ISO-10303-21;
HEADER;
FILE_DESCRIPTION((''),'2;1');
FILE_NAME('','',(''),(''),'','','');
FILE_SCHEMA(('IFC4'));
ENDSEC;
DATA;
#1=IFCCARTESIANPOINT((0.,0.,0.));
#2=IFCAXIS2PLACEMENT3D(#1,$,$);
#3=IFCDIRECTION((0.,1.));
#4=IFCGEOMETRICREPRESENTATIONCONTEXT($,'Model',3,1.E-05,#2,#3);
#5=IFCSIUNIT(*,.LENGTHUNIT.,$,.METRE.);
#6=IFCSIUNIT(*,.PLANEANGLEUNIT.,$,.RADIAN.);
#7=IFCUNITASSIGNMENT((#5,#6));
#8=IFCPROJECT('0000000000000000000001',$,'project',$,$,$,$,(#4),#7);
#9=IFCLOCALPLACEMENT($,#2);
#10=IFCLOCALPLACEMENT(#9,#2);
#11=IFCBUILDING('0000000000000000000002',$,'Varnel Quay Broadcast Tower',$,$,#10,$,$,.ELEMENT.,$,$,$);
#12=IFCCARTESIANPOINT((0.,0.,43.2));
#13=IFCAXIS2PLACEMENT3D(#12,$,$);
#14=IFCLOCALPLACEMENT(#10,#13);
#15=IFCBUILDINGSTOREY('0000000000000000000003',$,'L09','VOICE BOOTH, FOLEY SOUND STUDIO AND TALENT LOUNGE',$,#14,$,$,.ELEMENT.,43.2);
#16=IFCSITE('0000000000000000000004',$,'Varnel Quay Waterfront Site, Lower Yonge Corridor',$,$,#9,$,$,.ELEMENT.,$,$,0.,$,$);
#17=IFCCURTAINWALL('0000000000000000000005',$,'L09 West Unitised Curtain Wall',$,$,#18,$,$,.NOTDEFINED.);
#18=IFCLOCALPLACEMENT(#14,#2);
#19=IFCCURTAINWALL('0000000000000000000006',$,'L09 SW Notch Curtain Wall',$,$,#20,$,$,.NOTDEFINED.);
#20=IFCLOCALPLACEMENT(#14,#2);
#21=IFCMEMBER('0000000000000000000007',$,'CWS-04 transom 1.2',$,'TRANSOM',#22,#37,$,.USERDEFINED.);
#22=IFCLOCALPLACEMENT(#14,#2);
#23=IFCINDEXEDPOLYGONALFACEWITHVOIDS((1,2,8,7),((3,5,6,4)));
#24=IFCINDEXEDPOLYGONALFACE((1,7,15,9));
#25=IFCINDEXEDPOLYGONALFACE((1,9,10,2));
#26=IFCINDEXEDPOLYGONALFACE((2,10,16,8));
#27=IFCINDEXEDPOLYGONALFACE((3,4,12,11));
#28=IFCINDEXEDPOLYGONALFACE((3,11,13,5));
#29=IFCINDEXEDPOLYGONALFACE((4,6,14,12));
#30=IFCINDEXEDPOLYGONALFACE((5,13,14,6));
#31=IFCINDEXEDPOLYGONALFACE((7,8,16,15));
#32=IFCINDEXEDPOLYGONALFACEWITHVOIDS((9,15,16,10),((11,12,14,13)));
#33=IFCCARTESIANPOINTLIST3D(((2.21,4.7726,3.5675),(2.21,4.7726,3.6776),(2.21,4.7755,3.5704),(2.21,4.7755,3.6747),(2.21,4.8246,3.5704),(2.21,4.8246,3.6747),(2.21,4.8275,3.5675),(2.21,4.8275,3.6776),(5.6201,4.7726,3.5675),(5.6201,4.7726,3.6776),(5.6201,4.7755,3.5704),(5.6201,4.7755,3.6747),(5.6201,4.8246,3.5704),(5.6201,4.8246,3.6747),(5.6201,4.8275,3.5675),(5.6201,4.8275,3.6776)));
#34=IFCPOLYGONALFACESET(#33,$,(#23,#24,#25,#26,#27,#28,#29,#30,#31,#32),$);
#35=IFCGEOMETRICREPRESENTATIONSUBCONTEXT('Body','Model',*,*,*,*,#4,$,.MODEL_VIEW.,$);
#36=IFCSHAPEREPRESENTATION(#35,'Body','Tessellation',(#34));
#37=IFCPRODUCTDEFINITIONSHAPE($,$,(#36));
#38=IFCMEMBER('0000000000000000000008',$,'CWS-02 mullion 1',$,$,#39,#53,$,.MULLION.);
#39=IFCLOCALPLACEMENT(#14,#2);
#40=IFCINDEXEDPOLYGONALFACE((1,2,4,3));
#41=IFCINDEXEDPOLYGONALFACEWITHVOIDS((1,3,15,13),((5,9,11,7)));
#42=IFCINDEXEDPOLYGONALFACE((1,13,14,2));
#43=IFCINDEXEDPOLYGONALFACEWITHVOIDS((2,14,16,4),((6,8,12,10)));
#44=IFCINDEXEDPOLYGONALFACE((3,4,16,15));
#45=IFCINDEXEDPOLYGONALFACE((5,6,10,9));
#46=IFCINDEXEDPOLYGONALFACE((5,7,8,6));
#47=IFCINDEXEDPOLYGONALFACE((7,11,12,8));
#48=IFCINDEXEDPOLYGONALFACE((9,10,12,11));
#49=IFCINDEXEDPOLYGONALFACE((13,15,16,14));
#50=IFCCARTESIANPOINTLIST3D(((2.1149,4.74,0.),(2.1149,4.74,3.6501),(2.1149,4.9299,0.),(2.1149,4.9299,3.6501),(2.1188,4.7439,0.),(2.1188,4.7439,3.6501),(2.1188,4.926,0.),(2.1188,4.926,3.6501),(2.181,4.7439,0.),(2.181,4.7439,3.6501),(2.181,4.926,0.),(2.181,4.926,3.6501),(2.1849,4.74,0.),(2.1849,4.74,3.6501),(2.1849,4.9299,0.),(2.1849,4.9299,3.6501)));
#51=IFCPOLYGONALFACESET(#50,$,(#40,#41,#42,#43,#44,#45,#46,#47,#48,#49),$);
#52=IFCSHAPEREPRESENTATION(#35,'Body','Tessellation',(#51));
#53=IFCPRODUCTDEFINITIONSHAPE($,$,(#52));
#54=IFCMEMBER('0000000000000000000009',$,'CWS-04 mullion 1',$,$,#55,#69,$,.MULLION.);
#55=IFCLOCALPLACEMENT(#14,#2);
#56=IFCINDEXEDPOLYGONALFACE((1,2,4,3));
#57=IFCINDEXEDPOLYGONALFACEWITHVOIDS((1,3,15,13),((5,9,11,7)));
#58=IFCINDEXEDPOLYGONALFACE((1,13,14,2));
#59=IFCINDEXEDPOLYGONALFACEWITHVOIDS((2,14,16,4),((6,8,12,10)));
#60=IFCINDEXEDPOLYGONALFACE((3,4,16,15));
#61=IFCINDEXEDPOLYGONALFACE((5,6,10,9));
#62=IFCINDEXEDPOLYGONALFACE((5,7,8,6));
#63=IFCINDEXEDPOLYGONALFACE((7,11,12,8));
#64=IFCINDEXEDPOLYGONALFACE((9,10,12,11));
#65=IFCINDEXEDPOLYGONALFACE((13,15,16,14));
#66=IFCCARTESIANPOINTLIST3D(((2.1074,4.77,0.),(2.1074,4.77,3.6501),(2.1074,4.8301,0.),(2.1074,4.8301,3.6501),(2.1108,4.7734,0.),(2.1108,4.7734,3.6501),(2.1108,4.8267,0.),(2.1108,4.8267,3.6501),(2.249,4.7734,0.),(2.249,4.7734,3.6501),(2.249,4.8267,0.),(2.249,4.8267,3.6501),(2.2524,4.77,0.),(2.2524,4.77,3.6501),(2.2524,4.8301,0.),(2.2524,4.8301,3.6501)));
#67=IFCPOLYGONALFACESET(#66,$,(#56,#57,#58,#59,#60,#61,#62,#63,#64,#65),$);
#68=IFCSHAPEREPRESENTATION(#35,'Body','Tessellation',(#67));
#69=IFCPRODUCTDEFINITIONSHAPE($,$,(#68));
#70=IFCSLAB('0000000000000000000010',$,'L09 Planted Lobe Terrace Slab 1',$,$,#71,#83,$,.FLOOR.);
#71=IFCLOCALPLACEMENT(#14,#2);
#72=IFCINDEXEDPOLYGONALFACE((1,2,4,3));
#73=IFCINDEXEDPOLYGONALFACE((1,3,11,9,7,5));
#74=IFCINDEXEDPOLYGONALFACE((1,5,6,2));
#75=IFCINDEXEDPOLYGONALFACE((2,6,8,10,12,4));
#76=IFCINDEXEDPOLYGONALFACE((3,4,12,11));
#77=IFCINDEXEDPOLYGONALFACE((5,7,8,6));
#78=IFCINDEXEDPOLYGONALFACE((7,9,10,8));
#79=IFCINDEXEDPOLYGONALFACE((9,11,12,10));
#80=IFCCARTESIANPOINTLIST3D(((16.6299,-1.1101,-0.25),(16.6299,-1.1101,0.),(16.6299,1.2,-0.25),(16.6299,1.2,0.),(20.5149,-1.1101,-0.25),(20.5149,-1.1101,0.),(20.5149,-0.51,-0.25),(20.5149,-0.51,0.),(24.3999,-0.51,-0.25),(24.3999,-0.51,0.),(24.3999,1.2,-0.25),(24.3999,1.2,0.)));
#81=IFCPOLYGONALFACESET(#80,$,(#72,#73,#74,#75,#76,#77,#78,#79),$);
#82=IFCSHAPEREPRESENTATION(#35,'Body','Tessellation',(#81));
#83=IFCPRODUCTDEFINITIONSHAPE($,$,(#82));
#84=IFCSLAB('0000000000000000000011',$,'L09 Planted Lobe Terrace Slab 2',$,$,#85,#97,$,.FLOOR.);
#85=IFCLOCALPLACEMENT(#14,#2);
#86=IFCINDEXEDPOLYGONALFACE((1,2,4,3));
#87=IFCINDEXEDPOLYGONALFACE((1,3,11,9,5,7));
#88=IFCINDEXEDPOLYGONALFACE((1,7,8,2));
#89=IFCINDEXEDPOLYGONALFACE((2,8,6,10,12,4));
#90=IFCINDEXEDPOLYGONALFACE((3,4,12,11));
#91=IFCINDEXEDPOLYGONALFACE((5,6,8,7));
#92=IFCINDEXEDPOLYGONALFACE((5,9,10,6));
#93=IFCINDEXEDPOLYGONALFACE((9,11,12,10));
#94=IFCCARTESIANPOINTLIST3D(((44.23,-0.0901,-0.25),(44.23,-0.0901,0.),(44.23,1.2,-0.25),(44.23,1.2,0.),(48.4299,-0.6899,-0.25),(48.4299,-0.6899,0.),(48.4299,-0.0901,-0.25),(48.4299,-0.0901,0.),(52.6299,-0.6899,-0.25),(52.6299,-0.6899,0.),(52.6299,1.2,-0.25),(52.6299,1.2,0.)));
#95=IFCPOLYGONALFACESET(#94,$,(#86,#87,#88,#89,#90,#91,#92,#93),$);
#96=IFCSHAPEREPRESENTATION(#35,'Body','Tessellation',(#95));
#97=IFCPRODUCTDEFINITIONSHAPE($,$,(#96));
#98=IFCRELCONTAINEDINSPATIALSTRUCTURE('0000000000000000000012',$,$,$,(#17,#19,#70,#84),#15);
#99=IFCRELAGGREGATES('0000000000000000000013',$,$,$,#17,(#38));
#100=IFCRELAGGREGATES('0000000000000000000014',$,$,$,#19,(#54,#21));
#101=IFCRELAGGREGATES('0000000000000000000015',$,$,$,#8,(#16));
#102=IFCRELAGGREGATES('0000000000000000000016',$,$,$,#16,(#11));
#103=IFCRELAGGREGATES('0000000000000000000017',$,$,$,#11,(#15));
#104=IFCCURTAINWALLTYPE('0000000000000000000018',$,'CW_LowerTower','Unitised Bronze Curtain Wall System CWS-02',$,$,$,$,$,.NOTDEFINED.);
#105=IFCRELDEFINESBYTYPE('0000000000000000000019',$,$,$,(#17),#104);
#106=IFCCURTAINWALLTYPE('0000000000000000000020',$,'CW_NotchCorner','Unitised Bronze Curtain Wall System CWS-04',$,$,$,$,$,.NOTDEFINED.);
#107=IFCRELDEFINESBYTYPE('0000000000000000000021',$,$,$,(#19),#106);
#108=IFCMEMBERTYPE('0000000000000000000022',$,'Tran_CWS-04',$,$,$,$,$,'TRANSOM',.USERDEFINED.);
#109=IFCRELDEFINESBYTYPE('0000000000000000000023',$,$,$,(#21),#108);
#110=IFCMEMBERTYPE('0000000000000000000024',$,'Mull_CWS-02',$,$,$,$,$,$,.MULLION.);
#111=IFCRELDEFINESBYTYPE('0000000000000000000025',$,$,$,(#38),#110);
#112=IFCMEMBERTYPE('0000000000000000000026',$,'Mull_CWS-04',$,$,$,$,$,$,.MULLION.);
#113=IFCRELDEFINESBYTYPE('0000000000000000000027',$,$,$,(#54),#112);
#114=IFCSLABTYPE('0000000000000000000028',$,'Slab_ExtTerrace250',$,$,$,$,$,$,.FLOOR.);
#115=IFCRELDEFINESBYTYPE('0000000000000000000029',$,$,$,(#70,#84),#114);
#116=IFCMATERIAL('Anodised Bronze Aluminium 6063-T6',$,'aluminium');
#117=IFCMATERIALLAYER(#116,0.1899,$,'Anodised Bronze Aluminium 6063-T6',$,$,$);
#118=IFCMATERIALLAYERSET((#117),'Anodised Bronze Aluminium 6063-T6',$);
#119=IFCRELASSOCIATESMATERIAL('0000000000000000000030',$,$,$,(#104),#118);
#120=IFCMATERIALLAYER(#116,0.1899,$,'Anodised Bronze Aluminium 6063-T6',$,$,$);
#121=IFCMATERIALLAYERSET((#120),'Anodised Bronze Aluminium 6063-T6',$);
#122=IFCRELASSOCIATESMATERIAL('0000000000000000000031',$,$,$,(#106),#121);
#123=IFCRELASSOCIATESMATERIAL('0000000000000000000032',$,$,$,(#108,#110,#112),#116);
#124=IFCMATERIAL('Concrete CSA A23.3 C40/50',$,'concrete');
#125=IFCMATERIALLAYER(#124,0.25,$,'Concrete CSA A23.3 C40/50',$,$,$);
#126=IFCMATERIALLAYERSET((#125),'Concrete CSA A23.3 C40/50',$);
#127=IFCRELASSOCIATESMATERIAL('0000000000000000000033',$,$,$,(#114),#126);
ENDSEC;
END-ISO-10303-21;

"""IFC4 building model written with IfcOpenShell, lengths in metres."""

from ifc_helpers import new_model, si_unit, direction, frame, origin, origin_2d, place, context, subcontext, project, spatial, polyline, hollow_rectangle, outline, extrude, source, transform, mapped, material, layer, layer_set, material_profile, profile_set, type_object, type_shapes, element, aggregate, save


model = new_model("IFC4")

# Units and contexts
model_context = context("Model", 3, precision=1e-05, world=origin(), true_north=direction((0.0, 1.0)))
body_context = subcontext(model_context, "Body", "Model", "MODEL_VIEW")
ifc_project = project(units=[si_unit("LENGTHUNIT", "METRE"), si_unit("PLANEANGLEUNIT", "RADIAN")], contexts=[model_context])

# Site, building, storey
site_placement = place(None, origin())
site = spatial("IfcSite", under=ifc_project, at=site_placement, Name="Varnel Quay Waterfront Site, Lower Yonge Corridor", CompositionType="ELEMENT", RefElevation=0.0)
building_placement = place(site_placement, origin())
building = spatial("IfcBuilding", under=site, at=building_placement, Name="Varnel Quay Broadcast Tower", CompositionType="ELEMENT")
storey_placement = place(building_placement, frame((0.0, 0.0, 43.2)))
storey = spatial("IfcBuildingStorey", under=building, at=storey_placement, Name="L09", Description="VOICE BOOTH, FOLEY SOUND STUDIO AND TALENT LOUNGE", CompositionType="ELEMENT", Elevation=43.2)

# Curtain walls, member
ifc_material_1 = material(Name="Anodised Bronze Aluminium 6063-T6", Category="aluminium")
ifc_layer_1 = layer(ifc_material_1, 0.1899, Name="Anodised Bronze Aluminium 6063-T6")
ifc_layer_set_1 = layer_set([ifc_layer_1], Name="Anodised Bronze Aluminium 6063-T6")
curtain_wall_type_1 = type_object("IfcCurtainWallType", Name="CW_LowerTower", Description="Unitised Bronze Curtain Wall System CWS-02", PredefinedType="NOTDEFINED", material=ifc_layer_set_1)
curtain_wall_1_placement = place(storey_placement, origin())
curtain_wall_1 = element("IfcCurtainWall", 1, at=curtain_wall_1_placement, inside=storey, type_object=curtain_wall_type_1, Name="L09 West Unitised Curtain Wall", PredefinedType="NOTDEFINED")
ifc_layer_2 = layer(ifc_material_1, 0.1899, Name="Anodised Bronze Aluminium 6063-T6")
ifc_layer_set_2 = layer_set([ifc_layer_2], Name="Anodised Bronze Aluminium 6063-T6")
curtain_wall_type_2 = type_object("IfcCurtainWallType", Name="CW_NotchCorner", Description="Unitised Bronze Curtain Wall System CWS-04", PredefinedType="NOTDEFINED", material=ifc_layer_set_2)
curtain_wall_2_placement = place(storey_placement, origin())
curtain_wall_2 = element("IfcCurtainWall", 2, at=curtain_wall_2_placement, inside=storey, type_object=curtain_wall_type_2, Name="L09 SW Notch Curtain Wall", PredefinedType="NOTDEFINED")
ifc_material_profile_1 = material_profile(ifc_material_1, hollow_rectangle(XDim=0.0549, YDim=0.1101, WallThickness=0.0029, at=origin_2d()), Name="ALU55X110X3")
ifc_profile_set_1 = profile_set([ifc_material_profile_1], Name="Anodised Bronze Aluminium 6063-T6")
member_type_1 = type_object("IfcMemberType", Name="Tran_CWS-04", ElementType="TRANSOM", PredefinedType="USERDEFINED", material=ifc_profile_set_1)
shared_shape_1 = source(origin(), body_context, "Body", "SweptSolid", [
    extrude(hollow_rectangle(XDim=0.0549, YDim=0.1101, WallThickness=0.0029, at=origin_2d()), origin(), (0.0, 0.0, 1.0), 3.4102),
])
type_shapes(member_type_1, [shared_shape_1])
member_1_placement = place(storey_placement, frame((2.21, 4.8, 3.6226), z_axis=(1.0, 0.0, 0.0), x_axis=(0.0, 1.0, 0.0)))
member_1 = element("IfcMember", 3, at=member_1_placement, type_object=member_type_1, Name="CWS-04 transom 1.2", ObjectType="TRANSOM", PredefinedType="USERDEFINED", context=body_context, shape_type="MappedRepresentation", body=[
    mapped(shared_shape_1, transform((0.0, 0.0, 0.0), x_axis=(1.0, 0.0, 0.0), y_axis=(0.0, 1.0, 0.0), z_axis=(0.0, 0.0, 1.0), scale=1.0)),
])

# Members
ifc_material_profile_2 = material_profile(ifc_material_1, hollow_rectangle(XDim=0.0701, YDim=0.1899, WallThickness=0.0039, at=origin_2d()), Name="ALU70X190X4")
ifc_profile_set_2 = profile_set([ifc_material_profile_2], Name="Anodised Bronze Aluminium 6063-T6")
member_type_2 = type_object("IfcMemberType", Name="Mull_CWS-02", PredefinedType="MULLION", material=ifc_profile_set_2)
shared_shape_2 = source(origin(), body_context, "Body", "SweptSolid", [
    extrude(hollow_rectangle(XDim=0.0701, YDim=0.1899, WallThickness=0.0039, at=origin_2d()), origin(), (0.0, 0.0, 1.0), 3.6501),
])
type_shapes(member_type_2, [shared_shape_2])
member_2_placement = place(storey_placement, frame((2.1499, 4.835, 0.0), z_axis=(0.0, 0.0, 1.0), x_axis=(-1.0, 0.0, 0.0)))
member_2 = element("IfcMember", 4, at=member_2_placement, type_object=member_type_2, Name="CWS-02 mullion 1", PredefinedType="MULLION", context=body_context, shape_type="MappedRepresentation", body=[
    mapped(shared_shape_2, transform((0.0, 0.0, 0.0), x_axis=(1.0, 0.0, 0.0), y_axis=(0.0, 1.0, 0.0), z_axis=(0.0, 0.0, 1.0), scale=1.0)),
])
ifc_material_profile_3 = material_profile(ifc_material_1, hollow_rectangle(XDim=0.0601, YDim=0.145, WallThickness=0.0034, at=origin_2d()), Name="ALU60X145X3.5")
ifc_profile_set_3 = profile_set([ifc_material_profile_3], Name="Anodised Bronze Aluminium 6063-T6")
member_type_3 = type_object("IfcMemberType", Name="Mull_CWS-04", PredefinedType="MULLION", material=ifc_profile_set_3)
shared_shape_3 = source(origin(), body_context, "Body", "SweptSolid", [
    extrude(hollow_rectangle(XDim=0.0601, YDim=0.145, WallThickness=0.0034, at=origin_2d()), origin(), (0.0, 0.0, 1.0), 3.6501),
])
type_shapes(member_type_3, [shared_shape_3])
member_3_placement = place(storey_placement, frame((2.1799, 4.8, 0.0), z_axis=(0.0, 0.0, 1.0), x_axis=(0.0, 1.0, 0.0)))
member_3 = element("IfcMember", 5, at=member_3_placement, type_object=member_type_3, Name="CWS-04 mullion 1", PredefinedType="MULLION", context=body_context, shape_type="MappedRepresentation", body=[
    mapped(shared_shape_3, transform((0.0, 0.0, 0.0), x_axis=(1.0, 0.0, 0.0), y_axis=(0.0, 1.0, 0.0), z_axis=(0.0, 0.0, 1.0), scale=1.0)),
])

# Slabs
ifc_material_2 = material(Name="Concrete CSA A23.3 C40/50", Category="concrete")
ifc_layer_3 = layer(ifc_material_2, 0.25, Name="Concrete CSA A23.3 C40/50")
ifc_layer_set_3 = layer_set([ifc_layer_3], Name="Concrete CSA A23.3 C40/50")
slab_type_1 = type_object("IfcSlabType", Name="Slab_ExtTerrace250", PredefinedType="FLOOR", material=ifc_layer_set_3)
slab_1_placement = place(storey_placement, frame((0.0, 0.0, -0.25)))
element("IfcSlab", 6, at=slab_1_placement, inside=storey, type_object=slab_type_1, Name="L09 Planted Lobe Terrace Slab 1", PredefinedType="FLOOR", context=body_context, shape_type="SweptSolid", body=[
    extrude(outline(polyline([(16.6299, -1.1101), (20.5149, -1.1101), (20.5149, -0.51), (24.3999, -0.51), (24.3999, 1.2), (16.6299, 1.2), (16.6299, -1.1101)])), origin(), (0.0, 0.0, 1.0), 0.25),
])
slab_2_placement = place(storey_placement, frame((0.0, 0.0, -0.25)))
element("IfcSlab", 7, at=slab_2_placement, inside=storey, type_object=slab_type_1, Name="L09 Planted Lobe Terrace Slab 2", PredefinedType="FLOOR", context=body_context, shape_type="SweptSolid", body=[
    extrude(outline(polyline([(44.23, -0.0901), (48.4299, -0.0901), (48.4299, -0.6899), (52.6299, -0.6899), (52.6299, 1.2), (44.23, 1.2), (44.23, -0.0901)])), origin(), (0.0, 0.0, 1.0), 0.25),
])

aggregate(curtain_wall_1, [member_2])
aggregate(curtain_wall_2, [member_3, member_1])

save(model, "model.ifc")
